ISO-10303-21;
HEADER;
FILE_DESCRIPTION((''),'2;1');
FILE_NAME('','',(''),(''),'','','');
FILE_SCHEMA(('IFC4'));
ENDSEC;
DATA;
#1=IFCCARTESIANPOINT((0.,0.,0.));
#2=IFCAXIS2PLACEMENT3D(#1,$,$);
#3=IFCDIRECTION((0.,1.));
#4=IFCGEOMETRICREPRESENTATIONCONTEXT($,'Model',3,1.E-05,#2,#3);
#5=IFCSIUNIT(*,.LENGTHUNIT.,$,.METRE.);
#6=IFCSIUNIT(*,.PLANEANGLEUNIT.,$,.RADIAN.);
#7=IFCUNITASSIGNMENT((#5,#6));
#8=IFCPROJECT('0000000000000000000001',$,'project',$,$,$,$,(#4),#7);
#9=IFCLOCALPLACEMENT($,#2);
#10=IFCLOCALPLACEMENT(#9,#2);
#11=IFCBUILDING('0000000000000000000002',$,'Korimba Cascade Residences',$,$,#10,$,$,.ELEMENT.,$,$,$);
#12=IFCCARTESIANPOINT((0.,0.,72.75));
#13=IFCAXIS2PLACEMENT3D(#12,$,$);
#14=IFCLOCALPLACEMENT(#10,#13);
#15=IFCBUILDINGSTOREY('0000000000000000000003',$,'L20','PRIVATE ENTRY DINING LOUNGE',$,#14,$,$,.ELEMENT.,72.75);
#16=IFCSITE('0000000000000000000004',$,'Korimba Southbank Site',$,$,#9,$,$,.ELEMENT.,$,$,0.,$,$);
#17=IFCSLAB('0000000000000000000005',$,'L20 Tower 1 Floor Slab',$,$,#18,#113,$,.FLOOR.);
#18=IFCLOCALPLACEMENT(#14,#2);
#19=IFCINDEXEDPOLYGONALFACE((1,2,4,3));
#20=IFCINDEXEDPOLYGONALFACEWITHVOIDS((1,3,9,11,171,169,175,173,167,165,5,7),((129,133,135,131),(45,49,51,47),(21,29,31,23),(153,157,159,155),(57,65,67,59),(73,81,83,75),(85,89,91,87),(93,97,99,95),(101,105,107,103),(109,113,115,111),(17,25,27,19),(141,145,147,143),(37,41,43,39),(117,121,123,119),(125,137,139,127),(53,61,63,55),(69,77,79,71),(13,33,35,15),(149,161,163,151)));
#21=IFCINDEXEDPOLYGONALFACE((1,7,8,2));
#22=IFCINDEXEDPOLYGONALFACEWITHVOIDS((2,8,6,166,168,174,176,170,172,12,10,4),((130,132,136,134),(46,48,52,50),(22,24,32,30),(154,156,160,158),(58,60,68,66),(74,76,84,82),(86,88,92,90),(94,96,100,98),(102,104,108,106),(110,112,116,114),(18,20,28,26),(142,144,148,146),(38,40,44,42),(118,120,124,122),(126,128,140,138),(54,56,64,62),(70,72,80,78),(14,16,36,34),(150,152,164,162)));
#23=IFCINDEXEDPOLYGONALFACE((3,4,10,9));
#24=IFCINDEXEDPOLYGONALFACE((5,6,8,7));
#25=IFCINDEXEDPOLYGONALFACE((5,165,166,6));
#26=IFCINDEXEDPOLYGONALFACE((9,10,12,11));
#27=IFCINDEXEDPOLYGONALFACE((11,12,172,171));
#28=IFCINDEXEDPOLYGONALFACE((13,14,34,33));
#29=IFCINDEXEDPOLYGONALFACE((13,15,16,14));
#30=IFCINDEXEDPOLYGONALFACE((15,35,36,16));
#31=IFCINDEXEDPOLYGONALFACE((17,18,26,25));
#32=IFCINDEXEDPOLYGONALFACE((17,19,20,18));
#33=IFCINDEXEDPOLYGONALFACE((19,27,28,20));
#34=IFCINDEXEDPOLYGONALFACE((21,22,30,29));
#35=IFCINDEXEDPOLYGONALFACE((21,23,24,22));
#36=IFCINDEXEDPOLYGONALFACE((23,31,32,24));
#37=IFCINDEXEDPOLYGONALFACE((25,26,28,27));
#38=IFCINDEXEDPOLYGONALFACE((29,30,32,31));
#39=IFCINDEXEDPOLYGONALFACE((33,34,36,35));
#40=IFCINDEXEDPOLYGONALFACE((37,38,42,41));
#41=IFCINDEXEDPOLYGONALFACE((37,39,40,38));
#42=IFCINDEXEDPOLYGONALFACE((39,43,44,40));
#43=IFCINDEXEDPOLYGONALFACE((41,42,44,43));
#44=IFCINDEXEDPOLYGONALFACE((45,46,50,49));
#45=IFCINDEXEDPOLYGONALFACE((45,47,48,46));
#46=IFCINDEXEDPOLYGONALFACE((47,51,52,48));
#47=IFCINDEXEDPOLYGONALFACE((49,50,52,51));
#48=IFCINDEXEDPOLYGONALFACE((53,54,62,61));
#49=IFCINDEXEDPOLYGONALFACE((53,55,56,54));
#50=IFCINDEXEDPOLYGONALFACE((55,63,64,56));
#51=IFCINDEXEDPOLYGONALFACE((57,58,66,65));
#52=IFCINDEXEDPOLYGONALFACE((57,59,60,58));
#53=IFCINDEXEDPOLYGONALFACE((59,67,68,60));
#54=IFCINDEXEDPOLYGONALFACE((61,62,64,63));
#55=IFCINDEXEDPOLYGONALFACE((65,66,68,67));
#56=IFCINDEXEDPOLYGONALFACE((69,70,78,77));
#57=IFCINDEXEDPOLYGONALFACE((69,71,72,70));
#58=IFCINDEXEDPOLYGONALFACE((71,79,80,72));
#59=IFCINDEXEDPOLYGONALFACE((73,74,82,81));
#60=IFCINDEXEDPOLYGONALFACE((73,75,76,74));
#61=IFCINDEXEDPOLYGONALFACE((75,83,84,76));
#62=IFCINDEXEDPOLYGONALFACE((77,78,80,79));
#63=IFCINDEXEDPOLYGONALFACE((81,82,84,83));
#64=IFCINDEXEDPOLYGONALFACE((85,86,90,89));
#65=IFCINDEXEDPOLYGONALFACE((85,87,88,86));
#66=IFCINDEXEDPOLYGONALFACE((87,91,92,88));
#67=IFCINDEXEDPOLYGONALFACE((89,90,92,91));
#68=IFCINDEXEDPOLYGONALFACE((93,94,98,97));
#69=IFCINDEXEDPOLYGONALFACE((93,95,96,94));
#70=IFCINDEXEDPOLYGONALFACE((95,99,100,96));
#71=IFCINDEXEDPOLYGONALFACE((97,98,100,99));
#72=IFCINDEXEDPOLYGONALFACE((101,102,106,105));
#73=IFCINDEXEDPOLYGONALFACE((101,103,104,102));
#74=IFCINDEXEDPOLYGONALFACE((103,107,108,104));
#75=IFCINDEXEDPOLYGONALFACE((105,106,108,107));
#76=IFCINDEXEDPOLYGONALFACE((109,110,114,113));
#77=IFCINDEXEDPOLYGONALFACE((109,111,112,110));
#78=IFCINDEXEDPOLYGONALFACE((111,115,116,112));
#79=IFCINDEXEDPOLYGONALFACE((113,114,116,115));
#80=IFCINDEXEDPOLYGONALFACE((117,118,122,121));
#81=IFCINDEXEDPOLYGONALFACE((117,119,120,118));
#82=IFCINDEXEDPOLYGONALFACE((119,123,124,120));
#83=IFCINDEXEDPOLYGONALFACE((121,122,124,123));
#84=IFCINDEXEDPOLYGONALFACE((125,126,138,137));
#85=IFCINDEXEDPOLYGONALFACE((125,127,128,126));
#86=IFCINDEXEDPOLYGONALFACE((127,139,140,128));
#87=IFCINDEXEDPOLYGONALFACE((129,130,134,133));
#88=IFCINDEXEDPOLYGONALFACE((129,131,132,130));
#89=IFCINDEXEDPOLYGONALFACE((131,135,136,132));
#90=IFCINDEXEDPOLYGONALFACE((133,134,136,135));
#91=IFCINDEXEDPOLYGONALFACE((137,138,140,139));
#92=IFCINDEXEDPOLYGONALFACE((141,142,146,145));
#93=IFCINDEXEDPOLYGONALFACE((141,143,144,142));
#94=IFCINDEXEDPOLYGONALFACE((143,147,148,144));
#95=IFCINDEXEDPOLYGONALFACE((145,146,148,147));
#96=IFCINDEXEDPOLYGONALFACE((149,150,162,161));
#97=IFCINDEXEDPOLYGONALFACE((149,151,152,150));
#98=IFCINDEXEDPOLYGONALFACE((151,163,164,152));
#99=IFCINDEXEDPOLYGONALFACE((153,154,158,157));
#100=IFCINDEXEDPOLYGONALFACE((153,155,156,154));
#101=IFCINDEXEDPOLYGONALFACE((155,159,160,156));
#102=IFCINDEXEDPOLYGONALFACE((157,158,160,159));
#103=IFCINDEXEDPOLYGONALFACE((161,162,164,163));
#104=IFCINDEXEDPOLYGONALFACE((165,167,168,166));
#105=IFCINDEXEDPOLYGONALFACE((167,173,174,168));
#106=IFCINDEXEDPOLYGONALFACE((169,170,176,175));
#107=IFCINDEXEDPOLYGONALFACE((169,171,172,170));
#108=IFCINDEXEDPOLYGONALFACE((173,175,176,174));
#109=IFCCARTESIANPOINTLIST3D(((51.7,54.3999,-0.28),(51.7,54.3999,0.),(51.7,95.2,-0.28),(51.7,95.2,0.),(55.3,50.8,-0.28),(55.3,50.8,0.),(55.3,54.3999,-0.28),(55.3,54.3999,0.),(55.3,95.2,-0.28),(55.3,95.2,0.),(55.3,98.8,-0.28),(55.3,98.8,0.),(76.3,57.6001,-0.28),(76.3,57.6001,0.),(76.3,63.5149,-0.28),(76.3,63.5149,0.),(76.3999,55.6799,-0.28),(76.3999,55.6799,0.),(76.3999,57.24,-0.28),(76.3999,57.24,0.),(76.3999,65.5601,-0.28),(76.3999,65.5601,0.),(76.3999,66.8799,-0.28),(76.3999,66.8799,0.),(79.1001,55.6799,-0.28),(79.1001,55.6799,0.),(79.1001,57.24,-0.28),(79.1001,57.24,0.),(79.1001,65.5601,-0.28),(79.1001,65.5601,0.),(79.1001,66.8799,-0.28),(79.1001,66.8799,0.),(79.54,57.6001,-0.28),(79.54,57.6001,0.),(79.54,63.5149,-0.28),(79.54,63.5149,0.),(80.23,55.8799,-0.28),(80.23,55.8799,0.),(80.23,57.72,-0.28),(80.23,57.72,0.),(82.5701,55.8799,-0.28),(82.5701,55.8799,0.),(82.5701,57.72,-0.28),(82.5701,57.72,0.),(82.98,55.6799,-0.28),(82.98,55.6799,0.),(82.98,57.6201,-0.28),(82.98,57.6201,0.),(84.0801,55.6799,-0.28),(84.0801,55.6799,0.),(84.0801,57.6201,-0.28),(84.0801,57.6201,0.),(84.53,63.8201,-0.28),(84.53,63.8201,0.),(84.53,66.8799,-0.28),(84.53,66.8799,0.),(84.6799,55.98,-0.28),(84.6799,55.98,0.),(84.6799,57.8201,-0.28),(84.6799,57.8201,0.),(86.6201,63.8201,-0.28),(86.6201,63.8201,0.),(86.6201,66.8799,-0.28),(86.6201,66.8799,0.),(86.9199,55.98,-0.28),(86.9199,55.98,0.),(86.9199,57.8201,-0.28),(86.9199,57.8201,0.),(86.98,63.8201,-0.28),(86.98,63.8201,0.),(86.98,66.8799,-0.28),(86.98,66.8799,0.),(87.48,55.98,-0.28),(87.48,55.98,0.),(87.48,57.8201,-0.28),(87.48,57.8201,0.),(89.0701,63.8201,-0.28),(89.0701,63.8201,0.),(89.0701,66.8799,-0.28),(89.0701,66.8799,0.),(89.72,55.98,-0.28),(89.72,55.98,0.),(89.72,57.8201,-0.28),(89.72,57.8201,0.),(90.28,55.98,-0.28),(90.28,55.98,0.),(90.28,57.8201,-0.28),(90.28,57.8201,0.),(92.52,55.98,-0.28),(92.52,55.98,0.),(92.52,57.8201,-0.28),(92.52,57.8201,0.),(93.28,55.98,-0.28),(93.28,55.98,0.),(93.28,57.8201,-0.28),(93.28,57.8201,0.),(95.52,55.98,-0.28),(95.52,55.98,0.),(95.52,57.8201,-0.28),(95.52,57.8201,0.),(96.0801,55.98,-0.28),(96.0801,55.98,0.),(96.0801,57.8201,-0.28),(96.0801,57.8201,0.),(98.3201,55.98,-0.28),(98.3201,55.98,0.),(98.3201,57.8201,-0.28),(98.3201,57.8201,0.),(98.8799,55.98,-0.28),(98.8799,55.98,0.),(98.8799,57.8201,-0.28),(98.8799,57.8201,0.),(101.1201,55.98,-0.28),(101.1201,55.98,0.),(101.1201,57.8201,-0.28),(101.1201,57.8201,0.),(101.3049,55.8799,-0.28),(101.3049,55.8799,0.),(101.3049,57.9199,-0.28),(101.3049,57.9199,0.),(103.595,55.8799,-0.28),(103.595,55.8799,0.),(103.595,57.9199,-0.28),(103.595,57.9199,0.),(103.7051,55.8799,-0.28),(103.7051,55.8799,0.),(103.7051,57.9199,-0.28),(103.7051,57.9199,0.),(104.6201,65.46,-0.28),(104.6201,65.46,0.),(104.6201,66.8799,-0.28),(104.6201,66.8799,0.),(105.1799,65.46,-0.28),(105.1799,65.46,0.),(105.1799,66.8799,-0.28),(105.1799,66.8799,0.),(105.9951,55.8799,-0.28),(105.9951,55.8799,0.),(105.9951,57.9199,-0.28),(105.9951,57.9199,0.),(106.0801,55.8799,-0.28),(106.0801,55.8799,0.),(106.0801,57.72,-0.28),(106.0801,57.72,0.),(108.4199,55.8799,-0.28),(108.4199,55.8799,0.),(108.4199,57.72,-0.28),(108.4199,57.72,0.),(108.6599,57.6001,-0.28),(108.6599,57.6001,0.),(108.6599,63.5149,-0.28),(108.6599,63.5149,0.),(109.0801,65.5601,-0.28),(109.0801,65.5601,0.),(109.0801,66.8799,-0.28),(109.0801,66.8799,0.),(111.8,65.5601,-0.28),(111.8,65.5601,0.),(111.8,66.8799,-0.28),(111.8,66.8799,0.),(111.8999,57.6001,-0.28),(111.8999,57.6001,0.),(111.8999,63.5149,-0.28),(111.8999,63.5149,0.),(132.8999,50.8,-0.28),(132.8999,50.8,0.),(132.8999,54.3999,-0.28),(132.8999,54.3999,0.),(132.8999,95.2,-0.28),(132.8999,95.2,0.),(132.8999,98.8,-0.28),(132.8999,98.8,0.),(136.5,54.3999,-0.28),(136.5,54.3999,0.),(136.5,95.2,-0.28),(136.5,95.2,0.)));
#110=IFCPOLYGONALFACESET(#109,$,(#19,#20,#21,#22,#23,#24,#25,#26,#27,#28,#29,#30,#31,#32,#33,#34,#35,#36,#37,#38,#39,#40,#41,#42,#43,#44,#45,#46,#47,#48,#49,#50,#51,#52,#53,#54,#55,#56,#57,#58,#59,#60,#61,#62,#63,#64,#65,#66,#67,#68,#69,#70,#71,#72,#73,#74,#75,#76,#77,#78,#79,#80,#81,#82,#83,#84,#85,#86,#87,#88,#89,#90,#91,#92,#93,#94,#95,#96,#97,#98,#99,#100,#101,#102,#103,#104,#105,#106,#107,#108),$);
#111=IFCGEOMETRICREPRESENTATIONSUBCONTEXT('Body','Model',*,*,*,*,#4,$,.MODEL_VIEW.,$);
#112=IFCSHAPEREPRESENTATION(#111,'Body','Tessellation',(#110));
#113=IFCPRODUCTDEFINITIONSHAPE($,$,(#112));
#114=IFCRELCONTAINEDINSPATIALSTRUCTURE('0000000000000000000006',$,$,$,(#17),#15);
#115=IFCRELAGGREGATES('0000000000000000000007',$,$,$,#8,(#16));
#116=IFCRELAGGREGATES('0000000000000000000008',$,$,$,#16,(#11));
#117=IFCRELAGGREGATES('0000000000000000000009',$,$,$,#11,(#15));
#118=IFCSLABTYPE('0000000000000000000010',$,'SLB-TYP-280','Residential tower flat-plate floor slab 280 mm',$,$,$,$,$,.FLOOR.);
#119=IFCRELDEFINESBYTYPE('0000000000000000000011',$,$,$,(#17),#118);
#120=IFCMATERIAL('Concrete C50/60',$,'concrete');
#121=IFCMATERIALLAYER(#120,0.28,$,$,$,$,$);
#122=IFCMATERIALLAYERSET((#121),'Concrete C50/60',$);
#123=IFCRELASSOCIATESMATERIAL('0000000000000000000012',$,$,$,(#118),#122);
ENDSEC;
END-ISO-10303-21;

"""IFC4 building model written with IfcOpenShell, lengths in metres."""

from ifc_helpers import new_model, si_unit, direction, frame, origin, place, context, subcontext, project, spatial, polyline, outline, extrude, material, layer, layer_set, type_object, element, save


model = new_model("IFC4")

# Units and contexts
model_context = context("Model", 3, precision=1e-05, world=origin(), true_north=direction((0.0, 1.0)))
body_context = subcontext(model_context, "Body", "Model", "MODEL_VIEW")
ifc_project = project(units=[si_unit("LENGTHUNIT", "METRE"), si_unit("PLANEANGLEUNIT", "RADIAN")], contexts=[model_context])

# Site, building, storey
site_placement = place(None, origin())
site = spatial("IfcSite", under=ifc_project, at=site_placement, Name="Korimba Southbank Site", CompositionType="ELEMENT", RefElevation=0.0)
building_placement = place(site_placement, origin())
building = spatial("IfcBuilding", under=site, at=building_placement, Name="Korimba Cascade Residences", CompositionType="ELEMENT")
storey_placement = place(building_placement, frame((0.0, 0.0, 72.75)))
storey = spatial("IfcBuildingStorey", under=building, at=storey_placement, Name="L20", Description="PRIVATE ENTRY DINING LOUNGE", CompositionType="ELEMENT", Elevation=72.75)

# Shared definitions
ifc_material_1 = material(Name="Concrete C50/60", Category="concrete")

# Slab
ifc_layer_1 = layer(ifc_material_1, 0.28)
ifc_layer_set_1 = layer_set([ifc_layer_1], Name="Concrete C50/60")
slab_type_1 = type_object("IfcSlabType", Name="SLB-TYP-280", Description="Residential tower flat-plate floor slab 280 mm", PredefinedType="FLOOR", material=ifc_layer_set_1)
slab_1_placement = place(storey_placement, frame((0.0, 0.0, -0.28)))
element("IfcSlab", 1, at=slab_1_placement, inside=storey, type_object=slab_type_1, Name="L20 Tower 1 Floor Slab", PredefinedType="FLOOR", context=body_context, shape_type="SweptSolid", body=[
    extrude(outline(polyline([(55.3, 50.8), (132.8999, 50.8), (132.8999, 54.3999), (136.5, 54.3999), (136.5, 95.2), (132.8999, 95.2), (132.8999, 98.8), (55.3, 98.8), (55.3, 95.2), (51.7, 95.2), (51.7, 54.3999), (55.3, 54.3999), (55.3, 50.8)]), holes=[polyline([(76.3, 63.5149), (76.3, 57.6001), (79.54, 57.6001), (79.54, 63.5149), (76.3, 63.5149)]), polyline([(108.6599, 63.5149), (108.6599, 57.6001), (111.8999, 57.6001), (111.8999, 63.5149), (108.6599, 63.5149)]), polyline([(80.23, 55.8799), (82.5701, 55.8799), (82.5701, 57.72), (80.23, 57.72), (80.23, 55.8799)]), polyline([(106.0801, 55.8799), (108.4199, 55.8799), (108.4199, 57.72), (106.0801, 57.72), (106.0801, 55.8799)]), polyline([(84.6799, 55.98), (86.9199, 55.98), (86.9199, 57.8201), (84.6799, 57.8201), (84.6799, 55.98)]), polyline([(87.48, 55.98), (89.72, 55.98), (89.72, 57.8201), (87.48, 57.8201), (87.48, 55.98)]), polyline([(90.28, 55.98), (92.52, 55.98), (92.52, 57.8201), (90.28, 57.8201), (90.28, 55.98)]), polyline([(93.28, 55.98), (95.52, 55.98), (95.52, 57.8201), (93.28, 57.8201), (93.28, 55.98)]), polyline([(96.0801, 55.98), (98.3201, 55.98), (98.3201, 57.8201), (96.0801, 57.8201), (96.0801, 55.98)]), polyline([(98.8799, 55.98), (101.1201, 55.98), (101.1201, 57.8201), (98.8799, 57.8201), (98.8799, 55.98)]), polyline([(101.3049, 55.8799), (103.595, 55.8799), (103.595, 57.9199), (101.3049, 57.9199), (101.3049, 55.8799)]), polyline([(103.7051, 55.8799), (105.9951, 55.8799), (105.9951, 57.9199), (103.7051, 57.9199), (103.7051, 55.8799)]), polyline([(82.98, 55.6799), (84.0801, 55.6799), (84.0801, 57.6201), (82.98, 57.6201), (82.98, 55.6799)]), polyline([(76.3999, 65.5601), (79.1001, 65.5601), (79.1001, 66.8799), (76.3999, 66.8799), (76.3999, 65.5601)]), polyline([(76.3999, 55.6799), (79.1001, 55.6799), (79.1001, 57.24), (76.3999, 57.24), (76.3999, 55.6799)]), polyline([(84.53, 63.8201), (86.6201, 63.8201), (86.6201, 66.8799), (84.53, 66.8799), (84.53, 63.8201)]), polyline([(86.98, 63.8201), (89.0701, 63.8201), (89.0701, 66.8799), (86.98, 66.8799), (86.98, 63.8201)]), polyline([(104.6201, 65.46), (105.1799, 65.46), (105.1799, 66.8799), (104.6201, 66.8799), (104.6201, 65.46)]), polyline([(109.0801, 65.5601), (111.8, 65.5601), (111.8, 66.8799), (109.0801, 66.8799), (109.0801, 65.5601)])]), origin(), (0.0, 0.0, 1.0), 0.28),
])

save(model, "model.ifc")
